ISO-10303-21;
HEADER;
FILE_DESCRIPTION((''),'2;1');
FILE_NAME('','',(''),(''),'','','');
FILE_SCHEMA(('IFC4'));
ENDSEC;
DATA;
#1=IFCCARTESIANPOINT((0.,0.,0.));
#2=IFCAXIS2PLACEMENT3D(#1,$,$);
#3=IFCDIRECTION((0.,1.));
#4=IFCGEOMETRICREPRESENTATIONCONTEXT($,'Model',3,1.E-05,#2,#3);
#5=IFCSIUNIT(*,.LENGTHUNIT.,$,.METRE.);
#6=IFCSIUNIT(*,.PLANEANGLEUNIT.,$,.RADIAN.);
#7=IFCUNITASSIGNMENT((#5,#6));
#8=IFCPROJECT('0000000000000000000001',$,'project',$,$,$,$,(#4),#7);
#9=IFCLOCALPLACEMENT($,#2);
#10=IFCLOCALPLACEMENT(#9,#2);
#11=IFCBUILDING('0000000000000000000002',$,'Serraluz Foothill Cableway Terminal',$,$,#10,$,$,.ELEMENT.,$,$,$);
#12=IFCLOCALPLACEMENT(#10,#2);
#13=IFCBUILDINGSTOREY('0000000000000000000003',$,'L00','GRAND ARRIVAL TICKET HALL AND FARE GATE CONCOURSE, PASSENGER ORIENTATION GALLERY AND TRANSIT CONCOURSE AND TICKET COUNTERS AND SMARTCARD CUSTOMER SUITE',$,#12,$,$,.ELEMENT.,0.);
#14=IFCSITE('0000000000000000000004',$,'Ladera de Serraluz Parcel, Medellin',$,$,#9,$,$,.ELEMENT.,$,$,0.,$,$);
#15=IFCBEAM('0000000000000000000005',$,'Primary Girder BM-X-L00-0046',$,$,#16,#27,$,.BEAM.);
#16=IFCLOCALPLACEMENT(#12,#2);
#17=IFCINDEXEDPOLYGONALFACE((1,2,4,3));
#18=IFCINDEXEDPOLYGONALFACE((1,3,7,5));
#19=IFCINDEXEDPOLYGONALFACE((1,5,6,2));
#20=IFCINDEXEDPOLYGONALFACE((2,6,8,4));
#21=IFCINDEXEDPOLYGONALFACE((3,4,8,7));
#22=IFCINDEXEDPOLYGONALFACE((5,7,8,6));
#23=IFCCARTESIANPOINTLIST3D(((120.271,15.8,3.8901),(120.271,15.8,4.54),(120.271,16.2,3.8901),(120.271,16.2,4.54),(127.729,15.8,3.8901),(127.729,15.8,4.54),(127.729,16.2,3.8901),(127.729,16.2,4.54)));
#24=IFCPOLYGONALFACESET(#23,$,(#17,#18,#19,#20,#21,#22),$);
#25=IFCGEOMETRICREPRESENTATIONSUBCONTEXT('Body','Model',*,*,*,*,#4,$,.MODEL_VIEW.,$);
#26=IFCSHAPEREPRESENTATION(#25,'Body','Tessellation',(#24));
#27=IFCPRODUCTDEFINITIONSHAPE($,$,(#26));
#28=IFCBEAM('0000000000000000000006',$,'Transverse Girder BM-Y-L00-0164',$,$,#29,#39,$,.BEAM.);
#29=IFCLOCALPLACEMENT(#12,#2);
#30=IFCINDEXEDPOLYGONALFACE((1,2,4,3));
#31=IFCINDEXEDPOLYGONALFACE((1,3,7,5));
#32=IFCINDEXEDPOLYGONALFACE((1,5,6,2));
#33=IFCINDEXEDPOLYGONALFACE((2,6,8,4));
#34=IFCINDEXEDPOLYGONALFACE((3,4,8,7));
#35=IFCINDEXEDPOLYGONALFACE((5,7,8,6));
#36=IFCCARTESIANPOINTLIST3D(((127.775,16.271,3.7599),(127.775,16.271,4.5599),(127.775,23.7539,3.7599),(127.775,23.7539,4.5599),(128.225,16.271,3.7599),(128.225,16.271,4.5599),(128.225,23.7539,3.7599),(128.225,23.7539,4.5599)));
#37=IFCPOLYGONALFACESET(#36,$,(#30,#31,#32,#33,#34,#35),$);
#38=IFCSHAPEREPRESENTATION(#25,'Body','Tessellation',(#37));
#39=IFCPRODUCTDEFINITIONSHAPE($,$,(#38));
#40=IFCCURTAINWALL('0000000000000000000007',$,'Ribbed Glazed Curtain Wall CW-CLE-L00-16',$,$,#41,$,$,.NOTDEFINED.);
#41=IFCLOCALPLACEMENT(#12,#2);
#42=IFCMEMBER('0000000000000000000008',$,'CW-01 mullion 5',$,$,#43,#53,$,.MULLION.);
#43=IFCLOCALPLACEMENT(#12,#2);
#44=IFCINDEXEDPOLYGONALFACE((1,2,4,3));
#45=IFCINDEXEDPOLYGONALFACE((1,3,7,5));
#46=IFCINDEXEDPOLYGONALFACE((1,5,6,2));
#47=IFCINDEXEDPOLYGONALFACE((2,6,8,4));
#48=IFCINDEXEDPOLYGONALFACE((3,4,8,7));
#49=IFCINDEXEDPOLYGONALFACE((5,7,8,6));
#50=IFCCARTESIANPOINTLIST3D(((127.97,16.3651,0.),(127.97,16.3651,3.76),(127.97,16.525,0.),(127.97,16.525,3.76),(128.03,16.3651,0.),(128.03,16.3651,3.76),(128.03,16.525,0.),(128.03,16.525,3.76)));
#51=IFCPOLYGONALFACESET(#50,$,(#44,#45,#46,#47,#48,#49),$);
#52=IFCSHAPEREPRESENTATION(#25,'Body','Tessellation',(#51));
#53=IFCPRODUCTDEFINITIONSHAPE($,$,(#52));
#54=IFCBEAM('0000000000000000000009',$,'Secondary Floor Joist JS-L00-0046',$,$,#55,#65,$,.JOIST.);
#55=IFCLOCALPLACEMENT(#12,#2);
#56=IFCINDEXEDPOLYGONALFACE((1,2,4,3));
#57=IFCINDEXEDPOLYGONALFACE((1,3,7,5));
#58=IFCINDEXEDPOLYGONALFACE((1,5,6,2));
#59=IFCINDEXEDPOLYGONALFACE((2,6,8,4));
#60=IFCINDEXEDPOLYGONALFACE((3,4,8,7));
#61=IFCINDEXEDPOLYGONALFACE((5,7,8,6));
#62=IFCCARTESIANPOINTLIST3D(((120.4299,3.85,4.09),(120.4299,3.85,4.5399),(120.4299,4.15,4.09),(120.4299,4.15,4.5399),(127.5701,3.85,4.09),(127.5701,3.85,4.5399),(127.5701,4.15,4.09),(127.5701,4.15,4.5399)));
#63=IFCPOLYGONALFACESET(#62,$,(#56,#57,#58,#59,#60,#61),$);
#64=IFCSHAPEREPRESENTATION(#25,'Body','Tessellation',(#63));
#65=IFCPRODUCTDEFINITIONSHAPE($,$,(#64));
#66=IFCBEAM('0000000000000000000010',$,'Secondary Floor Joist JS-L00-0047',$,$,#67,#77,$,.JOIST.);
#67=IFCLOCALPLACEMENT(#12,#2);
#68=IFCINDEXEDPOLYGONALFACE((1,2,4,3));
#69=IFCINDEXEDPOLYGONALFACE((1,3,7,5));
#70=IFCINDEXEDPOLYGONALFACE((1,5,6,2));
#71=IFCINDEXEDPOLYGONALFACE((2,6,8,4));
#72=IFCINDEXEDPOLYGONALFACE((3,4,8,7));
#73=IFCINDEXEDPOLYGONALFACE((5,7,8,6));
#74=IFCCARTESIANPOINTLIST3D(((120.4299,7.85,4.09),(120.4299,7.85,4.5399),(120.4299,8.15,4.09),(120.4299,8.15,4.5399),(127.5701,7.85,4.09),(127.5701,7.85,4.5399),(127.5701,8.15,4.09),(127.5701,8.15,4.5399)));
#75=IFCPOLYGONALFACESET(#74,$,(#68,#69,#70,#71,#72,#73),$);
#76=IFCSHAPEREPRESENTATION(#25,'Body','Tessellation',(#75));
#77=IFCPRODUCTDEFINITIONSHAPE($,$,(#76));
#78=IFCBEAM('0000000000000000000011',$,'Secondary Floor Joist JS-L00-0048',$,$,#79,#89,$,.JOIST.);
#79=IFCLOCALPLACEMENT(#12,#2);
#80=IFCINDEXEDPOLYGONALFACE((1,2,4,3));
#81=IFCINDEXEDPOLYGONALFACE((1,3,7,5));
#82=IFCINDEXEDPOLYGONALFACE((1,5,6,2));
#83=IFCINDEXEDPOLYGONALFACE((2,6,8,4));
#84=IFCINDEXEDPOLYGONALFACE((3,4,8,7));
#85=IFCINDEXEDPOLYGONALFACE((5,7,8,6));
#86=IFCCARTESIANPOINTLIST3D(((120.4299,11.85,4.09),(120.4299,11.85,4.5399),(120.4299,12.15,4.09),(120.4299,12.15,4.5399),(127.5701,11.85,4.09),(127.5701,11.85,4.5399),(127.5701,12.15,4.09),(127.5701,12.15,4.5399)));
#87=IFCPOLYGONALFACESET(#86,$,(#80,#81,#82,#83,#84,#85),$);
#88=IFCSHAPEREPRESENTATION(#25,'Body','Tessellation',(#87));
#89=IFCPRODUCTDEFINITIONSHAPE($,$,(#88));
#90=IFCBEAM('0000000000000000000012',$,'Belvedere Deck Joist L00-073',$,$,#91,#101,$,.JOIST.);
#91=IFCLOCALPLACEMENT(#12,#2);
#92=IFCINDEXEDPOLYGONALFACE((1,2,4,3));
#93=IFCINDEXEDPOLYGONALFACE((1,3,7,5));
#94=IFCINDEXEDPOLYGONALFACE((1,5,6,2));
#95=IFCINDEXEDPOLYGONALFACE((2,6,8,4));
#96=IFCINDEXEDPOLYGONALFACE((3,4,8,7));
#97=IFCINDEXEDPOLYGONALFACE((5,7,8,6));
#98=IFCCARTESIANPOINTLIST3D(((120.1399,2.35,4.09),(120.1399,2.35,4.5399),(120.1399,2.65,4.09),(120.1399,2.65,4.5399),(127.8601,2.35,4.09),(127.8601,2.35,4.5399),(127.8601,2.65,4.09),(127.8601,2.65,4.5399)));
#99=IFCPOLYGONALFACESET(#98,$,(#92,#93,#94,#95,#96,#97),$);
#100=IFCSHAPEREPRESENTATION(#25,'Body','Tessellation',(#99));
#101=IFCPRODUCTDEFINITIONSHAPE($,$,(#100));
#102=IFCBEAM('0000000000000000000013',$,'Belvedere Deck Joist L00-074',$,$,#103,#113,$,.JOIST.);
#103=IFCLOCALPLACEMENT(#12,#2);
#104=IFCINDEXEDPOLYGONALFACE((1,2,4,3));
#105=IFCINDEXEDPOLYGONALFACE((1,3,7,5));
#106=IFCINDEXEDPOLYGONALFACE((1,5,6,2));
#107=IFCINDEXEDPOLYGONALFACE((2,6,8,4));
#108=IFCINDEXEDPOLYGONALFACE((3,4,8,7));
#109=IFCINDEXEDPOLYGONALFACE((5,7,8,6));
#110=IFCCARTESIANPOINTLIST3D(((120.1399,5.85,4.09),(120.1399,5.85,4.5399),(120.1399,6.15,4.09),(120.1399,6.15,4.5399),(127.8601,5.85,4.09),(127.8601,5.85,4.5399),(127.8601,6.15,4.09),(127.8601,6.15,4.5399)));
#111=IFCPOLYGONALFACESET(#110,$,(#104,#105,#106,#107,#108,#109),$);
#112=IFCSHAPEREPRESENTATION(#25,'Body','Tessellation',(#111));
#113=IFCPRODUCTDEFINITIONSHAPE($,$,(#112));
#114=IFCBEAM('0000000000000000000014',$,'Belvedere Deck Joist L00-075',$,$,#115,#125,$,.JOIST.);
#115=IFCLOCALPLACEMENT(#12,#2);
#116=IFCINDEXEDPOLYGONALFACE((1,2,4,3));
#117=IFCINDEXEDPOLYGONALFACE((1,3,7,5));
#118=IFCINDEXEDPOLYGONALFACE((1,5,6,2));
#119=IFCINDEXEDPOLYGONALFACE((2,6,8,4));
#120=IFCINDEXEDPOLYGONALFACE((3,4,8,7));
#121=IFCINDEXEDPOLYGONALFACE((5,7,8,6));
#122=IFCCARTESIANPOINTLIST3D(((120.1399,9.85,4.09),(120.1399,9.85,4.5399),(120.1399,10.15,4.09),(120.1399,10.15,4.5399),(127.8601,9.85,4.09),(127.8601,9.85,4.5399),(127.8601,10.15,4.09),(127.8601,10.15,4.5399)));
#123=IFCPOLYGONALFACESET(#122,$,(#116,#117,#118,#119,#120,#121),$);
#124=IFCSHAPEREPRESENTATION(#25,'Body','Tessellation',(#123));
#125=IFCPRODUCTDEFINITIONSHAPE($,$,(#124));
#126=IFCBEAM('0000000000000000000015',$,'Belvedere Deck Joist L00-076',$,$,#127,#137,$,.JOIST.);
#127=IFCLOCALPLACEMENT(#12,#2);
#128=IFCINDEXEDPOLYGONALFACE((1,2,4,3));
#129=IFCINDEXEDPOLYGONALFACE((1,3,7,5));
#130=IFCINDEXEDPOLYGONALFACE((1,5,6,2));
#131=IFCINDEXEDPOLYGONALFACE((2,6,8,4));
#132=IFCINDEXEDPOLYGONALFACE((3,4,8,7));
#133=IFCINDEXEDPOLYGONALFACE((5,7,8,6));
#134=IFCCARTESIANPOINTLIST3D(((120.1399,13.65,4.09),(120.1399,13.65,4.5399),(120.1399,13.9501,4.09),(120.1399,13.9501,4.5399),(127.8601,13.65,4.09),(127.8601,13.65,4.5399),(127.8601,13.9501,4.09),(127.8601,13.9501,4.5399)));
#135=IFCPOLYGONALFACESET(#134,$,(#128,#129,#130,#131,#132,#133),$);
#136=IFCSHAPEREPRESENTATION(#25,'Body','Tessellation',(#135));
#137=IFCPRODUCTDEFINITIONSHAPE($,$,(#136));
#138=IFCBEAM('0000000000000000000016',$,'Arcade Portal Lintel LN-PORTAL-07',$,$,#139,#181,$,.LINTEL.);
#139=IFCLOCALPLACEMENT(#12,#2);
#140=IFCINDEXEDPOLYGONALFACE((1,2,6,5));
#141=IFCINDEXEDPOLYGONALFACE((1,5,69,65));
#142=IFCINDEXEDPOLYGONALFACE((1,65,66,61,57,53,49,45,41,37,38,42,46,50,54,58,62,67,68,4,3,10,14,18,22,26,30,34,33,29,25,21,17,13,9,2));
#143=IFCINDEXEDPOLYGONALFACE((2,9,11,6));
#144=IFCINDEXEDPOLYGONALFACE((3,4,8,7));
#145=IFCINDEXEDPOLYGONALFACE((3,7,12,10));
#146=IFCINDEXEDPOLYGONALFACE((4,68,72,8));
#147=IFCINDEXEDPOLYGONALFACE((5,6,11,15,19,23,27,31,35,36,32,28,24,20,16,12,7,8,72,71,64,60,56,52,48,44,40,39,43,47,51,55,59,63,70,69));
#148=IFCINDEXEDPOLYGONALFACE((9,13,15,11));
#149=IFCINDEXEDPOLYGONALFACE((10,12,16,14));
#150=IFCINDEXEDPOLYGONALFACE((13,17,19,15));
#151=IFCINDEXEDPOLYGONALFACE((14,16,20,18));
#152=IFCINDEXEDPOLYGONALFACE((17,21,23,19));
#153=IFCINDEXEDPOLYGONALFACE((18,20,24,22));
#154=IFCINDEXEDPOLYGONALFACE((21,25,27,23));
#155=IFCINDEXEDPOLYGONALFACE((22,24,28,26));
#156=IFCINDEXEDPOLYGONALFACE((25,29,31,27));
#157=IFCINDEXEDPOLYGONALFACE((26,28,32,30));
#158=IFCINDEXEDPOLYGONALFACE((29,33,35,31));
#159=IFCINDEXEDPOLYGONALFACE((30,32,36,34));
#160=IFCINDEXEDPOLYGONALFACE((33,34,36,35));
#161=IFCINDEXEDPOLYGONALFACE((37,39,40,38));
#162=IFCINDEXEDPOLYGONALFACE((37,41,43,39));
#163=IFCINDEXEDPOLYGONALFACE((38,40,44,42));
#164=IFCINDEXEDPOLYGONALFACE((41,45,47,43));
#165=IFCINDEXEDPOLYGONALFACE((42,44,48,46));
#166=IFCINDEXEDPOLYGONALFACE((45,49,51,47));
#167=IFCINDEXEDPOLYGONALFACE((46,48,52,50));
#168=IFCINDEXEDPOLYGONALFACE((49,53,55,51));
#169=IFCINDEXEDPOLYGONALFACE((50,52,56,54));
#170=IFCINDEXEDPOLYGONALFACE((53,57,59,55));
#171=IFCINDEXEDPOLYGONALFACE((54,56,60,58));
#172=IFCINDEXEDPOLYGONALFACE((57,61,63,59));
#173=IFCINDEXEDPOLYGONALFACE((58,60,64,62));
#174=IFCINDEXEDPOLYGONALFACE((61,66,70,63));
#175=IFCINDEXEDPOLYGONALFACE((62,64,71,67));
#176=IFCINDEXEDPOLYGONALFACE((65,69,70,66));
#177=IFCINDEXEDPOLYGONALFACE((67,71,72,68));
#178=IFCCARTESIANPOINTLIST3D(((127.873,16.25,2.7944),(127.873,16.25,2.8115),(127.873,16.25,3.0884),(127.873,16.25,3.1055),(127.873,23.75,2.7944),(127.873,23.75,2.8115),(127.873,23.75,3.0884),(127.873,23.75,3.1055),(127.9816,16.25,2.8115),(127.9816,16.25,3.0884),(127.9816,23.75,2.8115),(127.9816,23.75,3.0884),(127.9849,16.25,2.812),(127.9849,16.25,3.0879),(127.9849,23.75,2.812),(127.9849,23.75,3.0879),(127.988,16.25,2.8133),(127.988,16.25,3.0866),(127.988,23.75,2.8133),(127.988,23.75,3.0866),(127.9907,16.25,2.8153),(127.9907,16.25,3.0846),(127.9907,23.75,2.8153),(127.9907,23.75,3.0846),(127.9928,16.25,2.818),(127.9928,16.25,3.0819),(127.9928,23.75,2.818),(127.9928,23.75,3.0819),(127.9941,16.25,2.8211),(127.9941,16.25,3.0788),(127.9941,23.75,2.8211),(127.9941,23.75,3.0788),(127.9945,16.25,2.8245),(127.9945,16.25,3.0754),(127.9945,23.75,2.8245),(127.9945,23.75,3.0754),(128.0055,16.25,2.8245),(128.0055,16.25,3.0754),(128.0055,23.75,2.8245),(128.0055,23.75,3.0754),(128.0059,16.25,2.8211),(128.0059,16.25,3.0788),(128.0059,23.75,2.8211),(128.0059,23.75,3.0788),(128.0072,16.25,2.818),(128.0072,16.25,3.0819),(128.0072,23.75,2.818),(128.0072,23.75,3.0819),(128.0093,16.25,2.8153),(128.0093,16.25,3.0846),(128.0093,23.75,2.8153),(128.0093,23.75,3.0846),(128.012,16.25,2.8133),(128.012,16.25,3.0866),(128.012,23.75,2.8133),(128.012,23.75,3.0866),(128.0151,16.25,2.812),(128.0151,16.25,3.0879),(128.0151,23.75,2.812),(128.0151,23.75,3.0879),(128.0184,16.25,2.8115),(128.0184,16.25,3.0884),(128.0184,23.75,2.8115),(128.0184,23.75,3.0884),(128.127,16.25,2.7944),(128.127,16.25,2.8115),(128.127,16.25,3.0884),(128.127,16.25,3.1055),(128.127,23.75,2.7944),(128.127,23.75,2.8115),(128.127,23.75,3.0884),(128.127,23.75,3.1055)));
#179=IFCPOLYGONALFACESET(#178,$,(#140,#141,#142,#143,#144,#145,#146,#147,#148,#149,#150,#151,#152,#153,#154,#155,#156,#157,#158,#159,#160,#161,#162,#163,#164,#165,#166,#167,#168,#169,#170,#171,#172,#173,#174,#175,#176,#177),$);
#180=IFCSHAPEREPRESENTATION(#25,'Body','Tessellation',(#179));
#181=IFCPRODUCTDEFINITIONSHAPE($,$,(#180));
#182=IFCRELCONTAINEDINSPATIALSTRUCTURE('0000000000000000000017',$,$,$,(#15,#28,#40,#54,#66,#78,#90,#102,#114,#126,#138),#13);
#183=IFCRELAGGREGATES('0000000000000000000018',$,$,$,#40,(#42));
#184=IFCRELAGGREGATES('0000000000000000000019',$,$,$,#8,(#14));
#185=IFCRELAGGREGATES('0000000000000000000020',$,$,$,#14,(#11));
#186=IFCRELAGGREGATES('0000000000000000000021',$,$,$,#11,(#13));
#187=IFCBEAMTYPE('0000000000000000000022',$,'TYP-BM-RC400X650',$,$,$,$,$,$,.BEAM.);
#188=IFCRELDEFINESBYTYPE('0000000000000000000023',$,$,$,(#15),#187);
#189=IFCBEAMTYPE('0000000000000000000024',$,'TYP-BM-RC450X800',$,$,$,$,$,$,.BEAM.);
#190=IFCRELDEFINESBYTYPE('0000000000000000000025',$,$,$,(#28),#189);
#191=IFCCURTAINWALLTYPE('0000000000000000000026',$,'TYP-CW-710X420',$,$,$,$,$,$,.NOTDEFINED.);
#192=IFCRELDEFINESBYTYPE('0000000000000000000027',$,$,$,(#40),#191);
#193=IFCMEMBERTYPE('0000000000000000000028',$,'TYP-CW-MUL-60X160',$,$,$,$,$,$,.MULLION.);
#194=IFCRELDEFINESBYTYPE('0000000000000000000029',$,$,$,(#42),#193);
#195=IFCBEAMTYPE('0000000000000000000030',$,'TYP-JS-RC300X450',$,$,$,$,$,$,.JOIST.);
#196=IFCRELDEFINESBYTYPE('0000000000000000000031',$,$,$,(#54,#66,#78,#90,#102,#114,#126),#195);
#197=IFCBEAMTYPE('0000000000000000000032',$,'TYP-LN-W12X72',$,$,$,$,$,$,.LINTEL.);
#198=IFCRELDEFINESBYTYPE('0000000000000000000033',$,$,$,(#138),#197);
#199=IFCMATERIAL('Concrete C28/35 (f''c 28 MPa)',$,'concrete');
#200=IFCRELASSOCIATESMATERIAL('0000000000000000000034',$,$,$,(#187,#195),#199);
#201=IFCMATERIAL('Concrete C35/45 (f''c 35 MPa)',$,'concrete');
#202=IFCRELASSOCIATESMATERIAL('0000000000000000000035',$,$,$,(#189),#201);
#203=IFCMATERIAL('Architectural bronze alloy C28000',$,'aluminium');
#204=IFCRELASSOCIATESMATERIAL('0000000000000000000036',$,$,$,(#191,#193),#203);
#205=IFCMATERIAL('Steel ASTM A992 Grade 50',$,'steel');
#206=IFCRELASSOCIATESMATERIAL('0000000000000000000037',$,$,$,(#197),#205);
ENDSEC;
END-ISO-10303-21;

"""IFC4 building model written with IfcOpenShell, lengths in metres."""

from ifc_helpers import new_model, si_unit, direction, frame, origin, origin_2d, place, context, subcontext, project, spatial, rectangle, i_section, extrude, material, material_profile, profile_set, type_object, element, aggregate, save


model = new_model("IFC4")

# Units and contexts
model_context = context("Model", 3, precision=1e-05, world=origin(), true_north=direction((0.0, 1.0)))
body_context = subcontext(model_context, "Body", "Model", "MODEL_VIEW")
ifc_project = project(units=[si_unit("LENGTHUNIT", "METRE"), si_unit("PLANEANGLEUNIT", "RADIAN")], contexts=[model_context])

# Site, building, storey
site_placement = place(None, origin())
site = spatial("IfcSite", under=ifc_project, at=site_placement, Name="Ladera de Serraluz Parcel, Medellin", CompositionType="ELEMENT", RefElevation=0.0)
building_placement = place(site_placement, origin())
building = spatial("IfcBuilding", under=site, at=building_placement, Name="Serraluz Foothill Cableway Terminal", CompositionType="ELEMENT")
storey_placement = place(building_placement, origin())
storey = spatial("IfcBuildingStorey", under=building, at=storey_placement, Name="L00", Description="GRAND ARRIVAL TICKET HALL AND FARE GATE CONCOURSE, PASSENGER ORIENTATION GALLERY AND TRANSIT CONCOURSE AND TICKET COUNTERS AND SMARTCARD CUSTOMER SUITE", CompositionType="ELEMENT", Elevation=0.0)

# Shared definitions
ifc_material_1 = material(Name="Concrete C35/45 (f'c 35 MPa)", Category="concrete")

# Shared definitions
ifc_material_2 = material(Name="Concrete C28/35 (f'c 28 MPa)", Category="concrete")

# Beams
ifc_material_profile_1 = material_profile(ifc_material_2, rectangle(XDim=0.3999, YDim=0.6499, at=origin_2d()), Name="RC 400x650")
ifc_profile_set_1 = profile_set([ifc_material_profile_1], Name="Concrete C28/35 (f'c 28 MPa)")
beam_type_1 = type_object("IfcBeamType", Name="TYP-BM-RC400X650", PredefinedType="BEAM", material=ifc_profile_set_1)
beam_1_placement = place(storey_placement, frame((120.271, 16.0, 4.2151), z_axis=(1.0, 0.0, 0.0), x_axis=(0.0, 1.0, 0.0)))
element("IfcBeam", 1, at=beam_1_placement, inside=storey, type_object=beam_type_1, Name="Primary Girder BM-X-L00-0046", PredefinedType="BEAM", context=body_context, shape_type="SweptSolid", body=[
    extrude(rectangle(XDim=0.3999, YDim=0.6499, at=origin_2d()), origin(), (0.0, 0.0, 1.0), 7.458),
])
ifc_material_profile_2 = material_profile(ifc_material_1, rectangle(XDim=0.45, YDim=0.8, at=origin_2d()), Name="RC 450x800")
ifc_profile_set_2 = profile_set([ifc_material_profile_2], Name="Concrete C35/45 (f'c 35 MPa)")
beam_type_2 = type_object("IfcBeamType", Name="TYP-BM-RC450X800", PredefinedType="BEAM", material=ifc_profile_set_2)
beam_2_placement = place(storey_placement, frame((128.0, 16.271, 4.1599), z_axis=(0.0, 1.0, 0.0), x_axis=(-1.0, 0.0, 0.0)))
element("IfcBeam", 2, at=beam_2_placement, inside=storey, type_object=beam_type_2, Name="Transverse Girder BM-Y-L00-0164", PredefinedType="BEAM", context=body_context, shape_type="SweptSolid", body=[
    extrude(rectangle(XDim=0.45, YDim=0.8, at=origin_2d()), origin(), (0.0, 0.0, 1.0), 7.4829),
])

# Curtain wall, member
ifc_material_3 = material(Name="Architectural bronze alloy C28000", Category="aluminium")
curtain_wall_type = type_object("IfcCurtainWallType", Name="TYP-CW-710X420", PredefinedType="NOTDEFINED", material=ifc_material_3)
curtain_wall_placement = place(storey_placement, origin())
curtain_wall = element("IfcCurtainWall", 3, at=curtain_wall_placement, inside=storey, type_object=curtain_wall_type, Name="Ribbed Glazed Curtain Wall CW-CLE-L00-16", PredefinedType="NOTDEFINED")
ifc_material_profile_3 = material_profile(ifc_material_3, rectangle(XDim=0.0601, YDim=0.1599, at=origin_2d()), Name="ALU MULLION 60x160")
ifc_profile_set_3 = profile_set([ifc_material_profile_3], Name="Architectural bronze alloy C28000")
member_type = type_object("IfcMemberType", Name="TYP-CW-MUL-60X160", PredefinedType="MULLION", material=ifc_profile_set_3)
member_placement = place(storey_placement, frame((128.0, 16.4451, 0.0), z_axis=(0.0, 0.0, 1.0), x_axis=(1.0, 0.0, 0.0)))
member = element("IfcMember", 4, at=member_placement, type_object=member_type, Name="CW-01 mullion 5", PredefinedType="MULLION", context=body_context, shape_type="SweptSolid", body=[
    extrude(rectangle(XDim=0.0601, YDim=0.1599, at=origin_2d()), origin(), (0.0, 0.0, 1.0), 3.76),
])
aggregate(curtain_wall, [member])

# Beams
ifc_material_profile_4 = material_profile(ifc_material_2, rectangle(XDim=0.3, YDim=0.45, at=origin_2d()), Name="RC 300x450")
ifc_profile_set_4 = profile_set([ifc_material_profile_4], Name="Concrete C28/35 (f'c 28 MPa)")
beam_type_3 = type_object("IfcBeamType", Name="TYP-JS-RC300X450", PredefinedType="JOIST", material=ifc_profile_set_4)
for number, where, z_axis, x_axis, name in (
    (5, (120.4299, 4.0, 4.3149), (1.0, 0.0, 0.0), (0.0, 1.0, 0.0), "Secondary Floor Joist JS-L00-0046"),
    (6, (120.4299, 8.0, 4.3149), (1.0, 0.0, 0.0), (0.0, 1.0, 0.0), "Secondary Floor Joist JS-L00-0047"),
    (7, (120.4299, 12.0, 4.3149), (1.0, 0.0, 0.0), (0.0, 1.0, 0.0), "Secondary Floor Joist JS-L00-0048"),
):
    element("IfcBeam", number, at=place(storey_placement, frame(where, z_axis=z_axis, x_axis=x_axis)), inside=storey, type_object=beam_type_3, Name=name, PredefinedType="JOIST", context=body_context, shape_type="SweptSolid", body=[
        extrude(rectangle(XDim=0.3, YDim=0.45, at=origin_2d()), origin(), (0.0, 0.0, 1.0), 7.1401),
    ])
for number, where, z_axis, x_axis, name in (
    (8, (120.1399, 2.5, 4.3149), (1.0, 0.0, 0.0), (0.0, 1.0, 0.0), "Belvedere Deck Joist L00-073"),
    (9, (120.1399, 6.0, 4.3149), (1.0, 0.0, 0.0), (0.0, 1.0, 0.0), "Belvedere Deck Joist L00-074"),
    (10, (120.1399, 10.0, 4.3149), (1.0, 0.0, 0.0), (0.0, 1.0, 0.0), "Belvedere Deck Joist L00-075"),
    (11, (120.1399, 13.8, 4.3149), (1.0, 0.0, 0.0), (0.0, 1.0, 0.0), "Belvedere Deck Joist L00-076"),
):
    element("IfcBeam", number, at=place(storey_placement, frame(where, z_axis=z_axis, x_axis=x_axis)), inside=storey, type_object=beam_type_3, Name=name, PredefinedType="JOIST", context=body_context, shape_type="SweptSolid", body=[
        extrude(rectangle(XDim=0.3, YDim=0.45, at=origin_2d()), origin(), (0.0, 0.0, 1.0), 7.7202),
    ])
ifc_material_4 = material(Name="Steel ASTM A992 Grade 50", Category="steel")
ifc_material_profile_5 = material_profile(ifc_material_4, i_section(OverallWidth=0.2539, OverallDepth=0.311, WebThickness=0.011, FlangeThickness=0.0171, FilletRadius=0.0129, at=origin_2d()), Name="W12X72")
ifc_profile_set_5 = profile_set([ifc_material_profile_5], Name="Steel ASTM A992 Grade 50")
beam_type_4 = type_object("IfcBeamType", Name="TYP-LN-W12X72", PredefinedType="LINTEL", material=ifc_profile_set_5)
beam_3_placement = place(storey_placement, frame((128.0, 16.25, 2.95), z_axis=(0.0, 1.0, 0.0), x_axis=(-1.0, 0.0, 0.0)))
element("IfcBeam", 12, at=beam_3_placement, inside=storey, type_object=beam_type_4, Name="Arcade Portal Lintel LN-PORTAL-07", PredefinedType="LINTEL", context=body_context, shape_type="SweptSolid", body=[
    extrude(i_section(OverallWidth=0.2539, OverallDepth=0.311, WebThickness=0.011, FlangeThickness=0.0171, FilletRadius=0.0129, at=origin_2d()), origin(), (0.0, 0.0, 1.0), 7.5),
])

save(model, "model.ifc")
